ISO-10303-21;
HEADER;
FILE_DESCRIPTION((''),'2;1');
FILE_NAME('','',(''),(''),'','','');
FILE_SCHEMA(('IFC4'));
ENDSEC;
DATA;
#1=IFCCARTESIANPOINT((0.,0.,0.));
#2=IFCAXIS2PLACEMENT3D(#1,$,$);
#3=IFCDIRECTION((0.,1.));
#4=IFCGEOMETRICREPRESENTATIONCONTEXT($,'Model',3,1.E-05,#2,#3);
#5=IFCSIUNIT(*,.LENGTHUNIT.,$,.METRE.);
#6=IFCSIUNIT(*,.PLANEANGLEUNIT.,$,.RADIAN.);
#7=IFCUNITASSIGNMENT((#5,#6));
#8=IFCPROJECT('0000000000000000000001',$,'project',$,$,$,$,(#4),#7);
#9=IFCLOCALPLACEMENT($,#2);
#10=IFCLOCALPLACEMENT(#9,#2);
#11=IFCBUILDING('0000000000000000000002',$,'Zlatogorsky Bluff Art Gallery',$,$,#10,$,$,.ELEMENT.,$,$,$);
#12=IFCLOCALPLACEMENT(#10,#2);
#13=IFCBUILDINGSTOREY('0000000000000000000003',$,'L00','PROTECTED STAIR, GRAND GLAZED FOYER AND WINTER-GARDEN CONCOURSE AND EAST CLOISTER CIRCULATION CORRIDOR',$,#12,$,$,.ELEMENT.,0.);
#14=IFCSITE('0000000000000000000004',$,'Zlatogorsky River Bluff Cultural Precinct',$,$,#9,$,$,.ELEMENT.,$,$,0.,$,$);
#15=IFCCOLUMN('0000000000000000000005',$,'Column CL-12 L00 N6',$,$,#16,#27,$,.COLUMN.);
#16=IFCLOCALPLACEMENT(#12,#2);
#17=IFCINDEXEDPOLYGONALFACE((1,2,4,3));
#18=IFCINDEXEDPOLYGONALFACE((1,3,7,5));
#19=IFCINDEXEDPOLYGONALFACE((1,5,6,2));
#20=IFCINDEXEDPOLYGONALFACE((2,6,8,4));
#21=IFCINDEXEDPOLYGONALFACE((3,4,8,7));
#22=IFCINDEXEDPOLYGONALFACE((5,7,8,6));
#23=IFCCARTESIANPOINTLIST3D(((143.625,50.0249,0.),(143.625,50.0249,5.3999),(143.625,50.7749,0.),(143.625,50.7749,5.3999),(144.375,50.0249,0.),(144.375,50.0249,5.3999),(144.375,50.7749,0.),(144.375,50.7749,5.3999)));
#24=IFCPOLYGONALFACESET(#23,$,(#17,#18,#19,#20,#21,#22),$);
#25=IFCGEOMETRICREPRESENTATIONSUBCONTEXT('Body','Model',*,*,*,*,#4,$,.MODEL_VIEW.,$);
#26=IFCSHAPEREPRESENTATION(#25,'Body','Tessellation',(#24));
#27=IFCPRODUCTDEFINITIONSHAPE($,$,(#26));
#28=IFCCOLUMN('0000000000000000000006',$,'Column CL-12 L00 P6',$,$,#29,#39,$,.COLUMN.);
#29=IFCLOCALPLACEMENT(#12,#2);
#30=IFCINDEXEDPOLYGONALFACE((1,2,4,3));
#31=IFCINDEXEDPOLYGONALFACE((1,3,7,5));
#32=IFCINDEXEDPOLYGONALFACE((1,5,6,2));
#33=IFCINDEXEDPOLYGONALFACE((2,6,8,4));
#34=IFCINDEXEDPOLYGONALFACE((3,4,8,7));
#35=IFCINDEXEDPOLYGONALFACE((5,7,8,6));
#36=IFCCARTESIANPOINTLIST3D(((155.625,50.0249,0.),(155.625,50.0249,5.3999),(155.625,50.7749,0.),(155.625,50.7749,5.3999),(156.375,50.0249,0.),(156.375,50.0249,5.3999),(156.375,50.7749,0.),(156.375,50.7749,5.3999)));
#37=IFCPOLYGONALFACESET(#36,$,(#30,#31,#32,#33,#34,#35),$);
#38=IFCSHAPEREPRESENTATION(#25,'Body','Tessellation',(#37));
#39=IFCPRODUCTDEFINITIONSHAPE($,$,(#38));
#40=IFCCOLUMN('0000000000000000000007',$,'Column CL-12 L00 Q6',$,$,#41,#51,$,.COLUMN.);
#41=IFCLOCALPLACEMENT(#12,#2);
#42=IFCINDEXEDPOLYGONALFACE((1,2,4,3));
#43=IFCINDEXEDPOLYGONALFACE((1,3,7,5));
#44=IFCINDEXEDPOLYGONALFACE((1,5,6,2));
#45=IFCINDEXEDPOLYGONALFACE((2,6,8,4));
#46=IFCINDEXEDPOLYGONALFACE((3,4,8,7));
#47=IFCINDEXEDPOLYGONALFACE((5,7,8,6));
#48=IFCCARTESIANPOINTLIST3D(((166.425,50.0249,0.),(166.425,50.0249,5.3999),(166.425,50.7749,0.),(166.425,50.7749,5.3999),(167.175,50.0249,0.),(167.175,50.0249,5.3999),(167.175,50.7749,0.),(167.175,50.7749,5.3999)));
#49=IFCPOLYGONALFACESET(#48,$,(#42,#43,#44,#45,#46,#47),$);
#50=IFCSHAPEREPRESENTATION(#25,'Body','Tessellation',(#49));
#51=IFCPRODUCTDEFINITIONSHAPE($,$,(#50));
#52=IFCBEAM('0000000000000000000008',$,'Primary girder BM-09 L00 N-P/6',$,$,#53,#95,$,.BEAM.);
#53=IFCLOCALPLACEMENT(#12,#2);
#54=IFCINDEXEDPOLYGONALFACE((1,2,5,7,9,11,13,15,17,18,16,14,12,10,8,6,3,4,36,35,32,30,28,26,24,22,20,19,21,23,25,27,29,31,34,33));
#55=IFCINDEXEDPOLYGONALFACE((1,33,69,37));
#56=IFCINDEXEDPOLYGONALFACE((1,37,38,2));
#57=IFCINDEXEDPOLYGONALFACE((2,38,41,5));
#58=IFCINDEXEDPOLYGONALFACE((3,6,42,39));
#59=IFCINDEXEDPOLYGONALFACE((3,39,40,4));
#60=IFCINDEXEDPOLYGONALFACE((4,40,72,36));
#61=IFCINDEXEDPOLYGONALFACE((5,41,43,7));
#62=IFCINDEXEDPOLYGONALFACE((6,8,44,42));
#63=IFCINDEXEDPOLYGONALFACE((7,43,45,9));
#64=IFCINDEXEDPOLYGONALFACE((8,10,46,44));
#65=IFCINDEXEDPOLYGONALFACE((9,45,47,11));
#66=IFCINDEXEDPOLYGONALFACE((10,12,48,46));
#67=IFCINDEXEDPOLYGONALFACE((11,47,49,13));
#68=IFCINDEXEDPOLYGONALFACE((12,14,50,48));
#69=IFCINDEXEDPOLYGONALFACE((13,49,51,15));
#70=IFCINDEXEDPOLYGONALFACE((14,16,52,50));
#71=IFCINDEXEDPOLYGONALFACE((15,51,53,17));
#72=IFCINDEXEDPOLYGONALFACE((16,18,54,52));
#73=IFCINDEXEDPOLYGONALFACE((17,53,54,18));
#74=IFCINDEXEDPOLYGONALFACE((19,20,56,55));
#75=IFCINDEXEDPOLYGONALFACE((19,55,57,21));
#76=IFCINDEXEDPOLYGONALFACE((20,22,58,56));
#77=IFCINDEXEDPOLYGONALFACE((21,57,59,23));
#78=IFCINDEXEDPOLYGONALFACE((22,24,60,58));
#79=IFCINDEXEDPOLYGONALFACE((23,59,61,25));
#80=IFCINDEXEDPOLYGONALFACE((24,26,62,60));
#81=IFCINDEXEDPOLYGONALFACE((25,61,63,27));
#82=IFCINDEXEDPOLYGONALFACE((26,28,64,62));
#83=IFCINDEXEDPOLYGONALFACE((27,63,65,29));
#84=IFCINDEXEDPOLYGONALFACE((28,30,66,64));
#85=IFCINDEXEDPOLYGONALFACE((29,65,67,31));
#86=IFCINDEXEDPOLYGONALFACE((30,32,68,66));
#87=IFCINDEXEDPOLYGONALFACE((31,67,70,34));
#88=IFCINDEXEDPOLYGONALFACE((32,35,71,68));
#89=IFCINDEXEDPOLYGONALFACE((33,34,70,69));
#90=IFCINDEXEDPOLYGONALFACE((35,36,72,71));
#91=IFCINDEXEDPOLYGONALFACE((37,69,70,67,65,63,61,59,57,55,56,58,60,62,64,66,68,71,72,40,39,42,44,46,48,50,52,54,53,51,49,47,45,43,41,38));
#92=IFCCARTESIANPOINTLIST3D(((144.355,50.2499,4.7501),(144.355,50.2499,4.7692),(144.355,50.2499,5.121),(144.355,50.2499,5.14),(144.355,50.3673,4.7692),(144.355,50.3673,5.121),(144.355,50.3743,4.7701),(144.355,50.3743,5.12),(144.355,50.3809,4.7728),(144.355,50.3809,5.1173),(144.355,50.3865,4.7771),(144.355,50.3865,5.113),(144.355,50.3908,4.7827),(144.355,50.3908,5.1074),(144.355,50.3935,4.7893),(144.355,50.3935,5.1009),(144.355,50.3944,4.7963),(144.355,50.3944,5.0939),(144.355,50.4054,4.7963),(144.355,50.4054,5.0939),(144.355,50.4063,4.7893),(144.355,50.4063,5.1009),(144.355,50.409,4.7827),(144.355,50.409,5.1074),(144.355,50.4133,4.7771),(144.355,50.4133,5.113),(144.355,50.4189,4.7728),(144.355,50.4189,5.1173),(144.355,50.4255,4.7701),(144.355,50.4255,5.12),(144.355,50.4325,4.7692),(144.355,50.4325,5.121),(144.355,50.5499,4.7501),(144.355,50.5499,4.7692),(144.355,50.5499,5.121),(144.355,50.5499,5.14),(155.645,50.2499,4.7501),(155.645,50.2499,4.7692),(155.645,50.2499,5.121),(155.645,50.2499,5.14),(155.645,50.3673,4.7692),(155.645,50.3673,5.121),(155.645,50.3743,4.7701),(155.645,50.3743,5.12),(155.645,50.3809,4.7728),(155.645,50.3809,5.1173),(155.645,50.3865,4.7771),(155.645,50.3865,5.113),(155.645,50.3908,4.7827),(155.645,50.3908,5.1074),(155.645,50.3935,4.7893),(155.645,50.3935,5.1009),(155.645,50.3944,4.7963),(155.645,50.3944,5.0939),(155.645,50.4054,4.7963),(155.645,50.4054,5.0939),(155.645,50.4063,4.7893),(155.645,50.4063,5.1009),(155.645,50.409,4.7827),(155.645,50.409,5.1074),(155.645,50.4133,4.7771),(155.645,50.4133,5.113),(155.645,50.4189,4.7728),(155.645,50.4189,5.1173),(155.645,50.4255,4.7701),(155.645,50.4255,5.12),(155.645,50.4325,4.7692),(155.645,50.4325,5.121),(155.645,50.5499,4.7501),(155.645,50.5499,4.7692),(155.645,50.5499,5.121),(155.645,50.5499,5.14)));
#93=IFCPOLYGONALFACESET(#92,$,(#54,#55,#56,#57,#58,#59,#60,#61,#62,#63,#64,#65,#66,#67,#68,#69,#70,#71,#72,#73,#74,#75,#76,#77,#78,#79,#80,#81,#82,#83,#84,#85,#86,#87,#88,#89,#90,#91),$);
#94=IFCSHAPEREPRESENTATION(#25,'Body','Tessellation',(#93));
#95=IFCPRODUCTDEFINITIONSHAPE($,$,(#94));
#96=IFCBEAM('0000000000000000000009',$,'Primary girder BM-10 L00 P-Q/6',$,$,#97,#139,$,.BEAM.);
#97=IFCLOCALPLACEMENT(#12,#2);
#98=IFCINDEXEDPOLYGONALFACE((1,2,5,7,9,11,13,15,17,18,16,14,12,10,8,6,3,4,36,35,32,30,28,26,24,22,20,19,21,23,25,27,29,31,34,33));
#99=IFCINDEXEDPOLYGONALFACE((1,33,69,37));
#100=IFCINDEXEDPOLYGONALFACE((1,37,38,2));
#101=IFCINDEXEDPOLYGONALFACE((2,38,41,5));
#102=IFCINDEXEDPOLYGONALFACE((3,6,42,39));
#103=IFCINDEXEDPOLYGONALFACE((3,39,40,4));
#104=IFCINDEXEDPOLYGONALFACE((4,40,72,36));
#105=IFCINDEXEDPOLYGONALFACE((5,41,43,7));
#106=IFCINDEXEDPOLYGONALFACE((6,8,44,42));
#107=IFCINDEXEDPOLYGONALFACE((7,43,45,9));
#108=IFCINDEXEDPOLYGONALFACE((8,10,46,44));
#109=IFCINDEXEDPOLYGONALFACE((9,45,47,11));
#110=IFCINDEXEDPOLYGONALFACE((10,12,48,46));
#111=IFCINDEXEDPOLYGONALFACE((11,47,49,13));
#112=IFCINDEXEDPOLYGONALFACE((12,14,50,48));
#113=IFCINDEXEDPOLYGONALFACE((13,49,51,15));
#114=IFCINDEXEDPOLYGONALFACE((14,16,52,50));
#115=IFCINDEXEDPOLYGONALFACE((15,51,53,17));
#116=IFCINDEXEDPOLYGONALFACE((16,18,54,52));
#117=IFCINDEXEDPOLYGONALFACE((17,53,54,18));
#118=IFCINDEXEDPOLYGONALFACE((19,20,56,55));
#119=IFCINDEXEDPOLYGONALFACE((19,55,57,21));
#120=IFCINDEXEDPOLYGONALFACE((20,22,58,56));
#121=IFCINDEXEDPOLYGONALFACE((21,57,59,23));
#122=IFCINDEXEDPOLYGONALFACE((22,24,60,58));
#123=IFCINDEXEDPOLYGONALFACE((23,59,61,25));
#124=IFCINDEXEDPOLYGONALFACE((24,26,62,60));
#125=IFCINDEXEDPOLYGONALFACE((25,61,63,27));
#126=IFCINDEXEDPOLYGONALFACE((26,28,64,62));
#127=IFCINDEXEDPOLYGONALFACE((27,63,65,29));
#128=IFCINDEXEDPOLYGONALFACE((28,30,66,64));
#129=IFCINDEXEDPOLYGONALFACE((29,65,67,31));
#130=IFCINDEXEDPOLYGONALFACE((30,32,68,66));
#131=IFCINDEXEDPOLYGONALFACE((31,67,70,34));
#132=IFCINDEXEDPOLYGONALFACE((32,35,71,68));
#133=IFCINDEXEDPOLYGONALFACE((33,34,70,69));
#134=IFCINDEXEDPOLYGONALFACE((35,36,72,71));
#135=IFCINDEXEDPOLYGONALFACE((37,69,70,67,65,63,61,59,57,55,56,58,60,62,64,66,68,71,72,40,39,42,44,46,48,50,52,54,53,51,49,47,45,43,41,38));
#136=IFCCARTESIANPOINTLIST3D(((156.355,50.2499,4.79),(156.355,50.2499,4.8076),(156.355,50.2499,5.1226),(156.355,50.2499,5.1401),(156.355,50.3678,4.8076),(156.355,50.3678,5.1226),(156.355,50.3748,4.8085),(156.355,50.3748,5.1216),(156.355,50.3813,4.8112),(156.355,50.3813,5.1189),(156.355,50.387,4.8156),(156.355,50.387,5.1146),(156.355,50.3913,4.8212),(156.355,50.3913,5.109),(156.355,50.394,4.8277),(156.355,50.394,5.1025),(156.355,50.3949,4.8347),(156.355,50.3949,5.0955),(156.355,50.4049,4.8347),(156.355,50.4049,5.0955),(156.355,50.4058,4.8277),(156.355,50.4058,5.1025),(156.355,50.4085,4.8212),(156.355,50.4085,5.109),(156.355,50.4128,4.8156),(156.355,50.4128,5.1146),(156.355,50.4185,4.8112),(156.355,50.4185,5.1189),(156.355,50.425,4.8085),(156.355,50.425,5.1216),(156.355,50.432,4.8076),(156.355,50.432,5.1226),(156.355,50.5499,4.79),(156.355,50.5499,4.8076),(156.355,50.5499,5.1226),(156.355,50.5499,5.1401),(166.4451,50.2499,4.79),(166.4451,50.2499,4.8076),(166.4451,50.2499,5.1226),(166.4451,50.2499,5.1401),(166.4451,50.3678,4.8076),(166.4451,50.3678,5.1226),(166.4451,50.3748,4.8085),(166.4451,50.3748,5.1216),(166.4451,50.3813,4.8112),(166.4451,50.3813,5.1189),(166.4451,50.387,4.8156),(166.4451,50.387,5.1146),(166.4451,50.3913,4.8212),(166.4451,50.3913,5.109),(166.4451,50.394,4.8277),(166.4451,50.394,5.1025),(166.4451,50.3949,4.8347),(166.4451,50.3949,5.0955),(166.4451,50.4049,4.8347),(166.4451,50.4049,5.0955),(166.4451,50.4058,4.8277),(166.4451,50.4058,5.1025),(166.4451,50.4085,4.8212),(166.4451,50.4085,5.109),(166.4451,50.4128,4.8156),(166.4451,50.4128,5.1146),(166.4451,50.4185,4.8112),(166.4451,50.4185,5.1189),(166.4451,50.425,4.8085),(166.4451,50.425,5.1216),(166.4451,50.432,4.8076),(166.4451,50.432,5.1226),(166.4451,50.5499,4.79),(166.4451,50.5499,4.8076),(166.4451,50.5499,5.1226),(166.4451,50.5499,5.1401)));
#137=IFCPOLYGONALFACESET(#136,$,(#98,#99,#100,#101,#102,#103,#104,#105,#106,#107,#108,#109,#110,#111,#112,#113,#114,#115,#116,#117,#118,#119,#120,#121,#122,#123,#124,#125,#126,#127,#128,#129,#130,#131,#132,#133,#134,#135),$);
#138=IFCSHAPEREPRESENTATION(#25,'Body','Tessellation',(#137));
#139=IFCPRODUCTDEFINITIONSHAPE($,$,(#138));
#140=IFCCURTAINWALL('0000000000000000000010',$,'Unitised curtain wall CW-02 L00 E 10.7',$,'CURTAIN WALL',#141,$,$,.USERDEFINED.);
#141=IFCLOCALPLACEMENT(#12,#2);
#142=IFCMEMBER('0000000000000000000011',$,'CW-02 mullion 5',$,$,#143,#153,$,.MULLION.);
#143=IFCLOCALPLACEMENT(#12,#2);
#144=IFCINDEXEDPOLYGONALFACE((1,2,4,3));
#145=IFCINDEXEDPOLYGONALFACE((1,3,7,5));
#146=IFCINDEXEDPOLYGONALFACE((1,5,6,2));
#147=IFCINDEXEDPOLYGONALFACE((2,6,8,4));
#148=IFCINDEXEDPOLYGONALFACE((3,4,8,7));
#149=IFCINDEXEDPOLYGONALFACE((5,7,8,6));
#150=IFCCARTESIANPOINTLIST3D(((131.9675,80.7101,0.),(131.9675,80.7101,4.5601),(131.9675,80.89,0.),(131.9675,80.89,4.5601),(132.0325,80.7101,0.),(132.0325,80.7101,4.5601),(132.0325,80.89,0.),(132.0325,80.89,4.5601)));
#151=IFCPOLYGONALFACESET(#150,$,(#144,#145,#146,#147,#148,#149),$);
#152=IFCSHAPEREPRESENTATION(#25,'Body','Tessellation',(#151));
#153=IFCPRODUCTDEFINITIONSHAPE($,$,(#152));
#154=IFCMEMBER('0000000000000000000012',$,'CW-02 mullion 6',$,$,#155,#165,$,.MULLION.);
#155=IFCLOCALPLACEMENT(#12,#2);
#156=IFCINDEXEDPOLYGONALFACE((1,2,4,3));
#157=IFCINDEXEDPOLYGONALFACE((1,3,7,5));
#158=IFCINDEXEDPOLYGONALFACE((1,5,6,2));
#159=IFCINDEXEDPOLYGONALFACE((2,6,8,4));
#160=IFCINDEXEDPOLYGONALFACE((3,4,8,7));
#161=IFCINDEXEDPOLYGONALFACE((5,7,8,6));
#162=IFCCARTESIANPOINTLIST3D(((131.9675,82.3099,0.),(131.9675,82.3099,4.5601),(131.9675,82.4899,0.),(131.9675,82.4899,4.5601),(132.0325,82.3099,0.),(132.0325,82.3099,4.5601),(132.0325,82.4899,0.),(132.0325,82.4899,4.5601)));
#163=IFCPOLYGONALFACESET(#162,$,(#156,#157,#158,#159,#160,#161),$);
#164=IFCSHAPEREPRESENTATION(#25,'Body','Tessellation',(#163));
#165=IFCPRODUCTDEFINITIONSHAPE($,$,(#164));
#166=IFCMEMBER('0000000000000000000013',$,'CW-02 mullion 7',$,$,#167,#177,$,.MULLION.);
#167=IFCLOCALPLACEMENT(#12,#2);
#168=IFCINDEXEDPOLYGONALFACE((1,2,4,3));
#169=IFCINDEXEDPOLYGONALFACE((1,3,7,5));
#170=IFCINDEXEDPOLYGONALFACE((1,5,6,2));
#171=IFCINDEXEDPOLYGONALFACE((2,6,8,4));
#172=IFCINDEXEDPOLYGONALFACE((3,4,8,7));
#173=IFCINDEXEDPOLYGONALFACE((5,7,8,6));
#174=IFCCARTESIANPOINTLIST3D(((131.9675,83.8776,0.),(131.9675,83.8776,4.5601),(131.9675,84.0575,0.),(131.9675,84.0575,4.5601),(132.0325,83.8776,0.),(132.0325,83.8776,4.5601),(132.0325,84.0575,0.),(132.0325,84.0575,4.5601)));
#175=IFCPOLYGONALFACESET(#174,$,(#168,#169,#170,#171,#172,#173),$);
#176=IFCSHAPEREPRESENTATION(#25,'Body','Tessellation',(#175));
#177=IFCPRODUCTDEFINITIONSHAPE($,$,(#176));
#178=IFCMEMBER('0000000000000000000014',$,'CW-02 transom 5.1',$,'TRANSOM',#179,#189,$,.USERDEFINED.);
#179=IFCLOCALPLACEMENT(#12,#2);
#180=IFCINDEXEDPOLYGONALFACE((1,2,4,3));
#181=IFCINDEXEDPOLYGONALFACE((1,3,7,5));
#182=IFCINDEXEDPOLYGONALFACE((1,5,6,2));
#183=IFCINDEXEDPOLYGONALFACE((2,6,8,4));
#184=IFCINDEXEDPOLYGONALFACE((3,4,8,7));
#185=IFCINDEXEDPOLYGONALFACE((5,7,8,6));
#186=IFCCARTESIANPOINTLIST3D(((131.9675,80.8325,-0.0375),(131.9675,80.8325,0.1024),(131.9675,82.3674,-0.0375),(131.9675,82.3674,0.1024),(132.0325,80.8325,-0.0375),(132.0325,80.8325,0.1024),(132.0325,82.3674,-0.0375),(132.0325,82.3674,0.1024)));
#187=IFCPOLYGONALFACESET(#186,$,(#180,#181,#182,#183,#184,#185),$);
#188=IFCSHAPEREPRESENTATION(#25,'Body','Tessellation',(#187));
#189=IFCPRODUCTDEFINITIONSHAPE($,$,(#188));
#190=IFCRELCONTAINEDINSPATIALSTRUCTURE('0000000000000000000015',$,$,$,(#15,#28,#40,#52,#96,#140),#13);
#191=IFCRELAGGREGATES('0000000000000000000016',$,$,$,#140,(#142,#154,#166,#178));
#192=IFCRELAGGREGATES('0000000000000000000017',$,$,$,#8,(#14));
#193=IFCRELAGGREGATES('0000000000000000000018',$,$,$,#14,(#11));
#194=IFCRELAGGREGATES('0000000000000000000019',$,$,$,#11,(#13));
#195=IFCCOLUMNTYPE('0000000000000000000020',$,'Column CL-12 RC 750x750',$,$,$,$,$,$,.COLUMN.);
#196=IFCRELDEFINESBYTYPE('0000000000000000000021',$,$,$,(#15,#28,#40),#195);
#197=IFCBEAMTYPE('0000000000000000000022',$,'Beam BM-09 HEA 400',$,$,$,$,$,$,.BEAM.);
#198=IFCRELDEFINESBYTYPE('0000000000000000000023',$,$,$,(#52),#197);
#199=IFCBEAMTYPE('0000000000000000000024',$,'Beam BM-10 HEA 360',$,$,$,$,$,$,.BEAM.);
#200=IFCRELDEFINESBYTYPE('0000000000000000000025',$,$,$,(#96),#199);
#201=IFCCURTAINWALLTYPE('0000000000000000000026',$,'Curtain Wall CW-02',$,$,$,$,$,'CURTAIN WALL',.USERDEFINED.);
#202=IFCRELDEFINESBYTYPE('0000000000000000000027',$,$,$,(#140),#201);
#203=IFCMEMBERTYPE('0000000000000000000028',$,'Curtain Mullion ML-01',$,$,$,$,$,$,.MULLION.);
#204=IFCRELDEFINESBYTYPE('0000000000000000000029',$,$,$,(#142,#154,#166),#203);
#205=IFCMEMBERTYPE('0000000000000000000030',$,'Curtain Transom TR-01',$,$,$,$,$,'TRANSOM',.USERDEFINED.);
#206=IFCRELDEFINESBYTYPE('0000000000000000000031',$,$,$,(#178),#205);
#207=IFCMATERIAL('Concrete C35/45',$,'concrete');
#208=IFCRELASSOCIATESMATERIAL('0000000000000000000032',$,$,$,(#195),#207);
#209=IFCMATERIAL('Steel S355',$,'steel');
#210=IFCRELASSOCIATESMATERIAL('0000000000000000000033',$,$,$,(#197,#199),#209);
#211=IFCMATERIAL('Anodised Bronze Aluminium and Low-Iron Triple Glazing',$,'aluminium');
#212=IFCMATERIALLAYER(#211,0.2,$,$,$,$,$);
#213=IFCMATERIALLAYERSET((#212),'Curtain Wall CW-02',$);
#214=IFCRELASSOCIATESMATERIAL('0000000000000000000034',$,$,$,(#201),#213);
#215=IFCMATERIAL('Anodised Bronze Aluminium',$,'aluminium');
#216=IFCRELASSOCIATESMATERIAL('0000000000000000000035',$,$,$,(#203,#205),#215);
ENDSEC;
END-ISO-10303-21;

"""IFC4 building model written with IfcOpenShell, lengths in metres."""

from ifc_helpers import new_model, si_unit, direction, frame, origin, origin_2d, place, context, subcontext, project, spatial, rectangle, i_section, extrude, material, layer, layer_set, material_profile, profile_set, type_object, element, aggregate, save


model = new_model("IFC4")

# Units and contexts
model_context = context("Model", 3, precision=1e-05, world=origin(), true_north=direction((0.0, 1.0)))
body_context = subcontext(model_context, "Body", "Model", "MODEL_VIEW")
ifc_project = project(units=[si_unit("LENGTHUNIT", "METRE"), si_unit("PLANEANGLEUNIT", "RADIAN")], contexts=[model_context])

# Site, building, storey
site_placement = place(None, origin())
site = spatial("IfcSite", under=ifc_project, at=site_placement, Name="Zlatogorsky River Bluff Cultural Precinct", CompositionType="ELEMENT", RefElevation=0.0)
building_placement = place(site_placement, origin())
building = spatial("IfcBuilding", under=site, at=building_placement, Name="Zlatogorsky Bluff Art Gallery", CompositionType="ELEMENT")
storey_placement = place(building_placement, origin())
storey = spatial("IfcBuildingStorey", under=building, at=storey_placement, Name="L00", Description="PROTECTED STAIR, GRAND GLAZED FOYER AND WINTER-GARDEN CONCOURSE AND EAST CLOISTER CIRCULATION CORRIDOR", CompositionType="ELEMENT", Elevation=0.0)

# Columns
ifc_material_1 = material(Name="Concrete C35/45", Category="concrete")
ifc_material_profile_1 = material_profile(ifc_material_1, rectangle(XDim=0.75, YDim=0.75, at=origin_2d()), Name="RC 750x750")
ifc_profile_set_1 = profile_set([ifc_material_profile_1], Name="Concrete C35/45")
column_type = type_object("IfcColumnType", Name="Column CL-12 RC 750x750", PredefinedType="COLUMN", material=ifc_profile_set_1)
for number, where, z_axis, x_axis, name in (
    (1, (144.0, 50.3999, 0.0), (0.0, 0.0, 1.0), (1.0, 0.0, 0.0), "Column CL-12 L00 N6"),
    (2, (156.0, 50.3999, 0.0), (0.0, 0.0, 1.0), (1.0, 0.0, 0.0), "Column CL-12 L00 P6"),
    (3, (166.8, 50.3999, 0.0), (0.0, 0.0, 1.0), (1.0, 0.0, 0.0), "Column CL-12 L00 Q6"),
):
    element("IfcColumn", number, at=place(storey_placement, frame(where, z_axis=z_axis, x_axis=x_axis)), inside=storey, type_object=column_type, Name=name, PredefinedType="COLUMN", context=body_context, shape_type="SweptSolid", body=[
        extrude(rectangle(XDim=0.75, YDim=0.75, at=origin_2d()), origin(), (0.0, 0.0, 1.0), 5.3999),
    ])

# Beams
ifc_material_2 = material(Name="Steel S355", Category="steel")
ifc_material_profile_2 = material_profile(ifc_material_2, i_section(OverallWidth=0.3, OverallDepth=0.3899, WebThickness=0.011, FlangeThickness=0.019, FilletRadius=0.0271, at=origin_2d()), Name="HEA 400")
ifc_profile_set_2 = profile_set([ifc_material_profile_2], Name="Steel S355")
beam_type_1 = type_object("IfcBeamType", Name="Beam BM-09 HEA 400", PredefinedType="BEAM", material=ifc_profile_set_2)
beam_1_placement = place(storey_placement, frame((144.355, 50.3999, 4.9451), z_axis=(1.0, 0.0, 0.0), x_axis=(0.0, 1.0, 0.0)))
element("IfcBeam", 4, at=beam_1_placement, inside=storey, type_object=beam_type_1, Name="Primary girder BM-09 L00 N-P/6", PredefinedType="BEAM", context=body_context, shape_type="SweptSolid", body=[
    extrude(i_section(OverallWidth=0.3, OverallDepth=0.3899, WebThickness=0.011, FlangeThickness=0.019, FilletRadius=0.0271, at=origin_2d()), origin(), (0.0, 0.0, 1.0), 11.29),
])
ifc_material_profile_3 = material_profile(ifc_material_2, i_section(OverallWidth=0.3, OverallDepth=0.3501, WebThickness=0.01, FlangeThickness=0.0176, FilletRadius=0.0271, at=origin_2d()), Name="HEA 360")
ifc_profile_set_3 = profile_set([ifc_material_profile_3], Name="Steel S355")
beam_type_2 = type_object("IfcBeamType", Name="Beam BM-10 HEA 360", PredefinedType="BEAM", material=ifc_profile_set_3)
beam_2_placement = place(storey_placement, frame((156.355, 50.3999, 4.9651), z_axis=(1.0, 0.0, 0.0), x_axis=(0.0, 1.0, 0.0)))
element("IfcBeam", 5, at=beam_2_placement, inside=storey, type_object=beam_type_2, Name="Primary girder BM-10 L00 P-Q/6", PredefinedType="BEAM", context=body_context, shape_type="SweptSolid", body=[
    extrude(i_section(OverallWidth=0.3, OverallDepth=0.3501, WebThickness=0.01, FlangeThickness=0.0176, FilletRadius=0.0271, at=origin_2d()), origin(), (0.0, 0.0, 1.0), 10.0901),
])

# Curtain wall, members
ifc_material_3 = material(Name="Anodised Bronze Aluminium and Low-Iron Triple Glazing", Category="aluminium")
ifc_layer_1 = layer(ifc_material_3, 0.2)
ifc_layer_set_1 = layer_set([ifc_layer_1], Name="Curtain Wall CW-02")
curtain_wall_type = type_object("IfcCurtainWallType", Name="Curtain Wall CW-02", ElementType="CURTAIN WALL", PredefinedType="USERDEFINED", material=ifc_layer_set_1)
curtain_wall_placement = place(storey_placement, origin())
curtain_wall = element("IfcCurtainWall", 6, at=curtain_wall_placement, inside=storey, type_object=curtain_wall_type, Name="Unitised curtain wall CW-02 L00 E 10.7", ObjectType="CURTAIN WALL", PredefinedType="USERDEFINED")
ifc_material_4 = material(Name="Anodised Bronze Aluminium", Category="aluminium")
ifc_material_profile_4 = material_profile(ifc_material_4, rectangle(XDim=0.0649, YDim=0.1799, at=origin_2d()), Name="ALU MULLION 65x180")
ifc_profile_set_4 = profile_set([ifc_material_profile_4], Name="Anodised Bronze Aluminium")
member_type_1 = type_object("IfcMemberType", Name="Curtain Mullion ML-01", PredefinedType="MULLION", material=ifc_profile_set_4)
member_1_placement = place(storey_placement, frame((132.0, 80.8, 0.0), z_axis=(0.0, 0.0, 1.0), x_axis=(-1.0, 0.0, 0.0)))
member_1 = element("IfcMember", 7, at=member_1_placement, type_object=member_type_1, Name="CW-02 mullion 5", PredefinedType="MULLION", context=body_context, shape_type="SweptSolid", body=[
    extrude(rectangle(XDim=0.0649, YDim=0.1799, at=origin_2d()), origin(), (0.0, 0.0, 1.0), 4.5601),
])
member_2_placement = place(storey_placement, frame((132.0, 82.3999, 0.0), z_axis=(0.0, 0.0, 1.0), x_axis=(-1.0, 0.0, 0.0)))
member_2 = element("IfcMember", 8, at=member_2_placement, type_object=member_type_1, Name="CW-02 mullion 6", PredefinedType="MULLION", context=body_context, shape_type="SweptSolid", body=[
    extrude(rectangle(XDim=0.0649, YDim=0.1799, at=origin_2d()), origin(), (0.0, 0.0, 1.0), 4.5601),
])
member_3_placement = place(storey_placement, frame((132.0, 83.9675, 0.0), z_axis=(0.0, 0.0, 1.0), x_axis=(-1.0, 0.0, 0.0)))
member_3 = element("IfcMember", 9, at=member_3_placement, type_object=member_type_1, Name="CW-02 mullion 7", PredefinedType="MULLION", context=body_context, shape_type="SweptSolid", body=[
    extrude(rectangle(XDim=0.0649, YDim=0.1799, at=origin_2d()), origin(), (0.0, 0.0, 1.0), 4.5601),
])
ifc_material_profile_5 = material_profile(ifc_material_4, rectangle(XDim=0.0649, YDim=0.1399, at=origin_2d()), Name="ALU TRANSOM 65x140")
ifc_profile_set_5 = profile_set([ifc_material_profile_5], Name="Anodised Bronze Aluminium")
member_type_2 = type_object("IfcMemberType", Name="Curtain Transom TR-01", ElementType="TRANSOM", PredefinedType="USERDEFINED", material=ifc_profile_set_5)
member_4_placement = place(storey_placement, frame((132.0, 80.8325, 0.0325), z_axis=(0.0, 1.0, 0.0), x_axis=(-1.0, 0.0, 0.0)))
member_4 = element("IfcMember", 10, at=member_4_placement, type_object=member_type_2, Name="CW-02 transom 5.1", ObjectType="TRANSOM", PredefinedType="USERDEFINED", context=body_context, shape_type="SweptSolid", body=[
    extrude(rectangle(XDim=0.0649, YDim=0.1399, at=origin_2d()), origin(), (0.0, 0.0, 1.0), 1.5349),
])
aggregate(curtain_wall, [member_1, member_2, member_3, member_4])

save(model, "model.ifc")
